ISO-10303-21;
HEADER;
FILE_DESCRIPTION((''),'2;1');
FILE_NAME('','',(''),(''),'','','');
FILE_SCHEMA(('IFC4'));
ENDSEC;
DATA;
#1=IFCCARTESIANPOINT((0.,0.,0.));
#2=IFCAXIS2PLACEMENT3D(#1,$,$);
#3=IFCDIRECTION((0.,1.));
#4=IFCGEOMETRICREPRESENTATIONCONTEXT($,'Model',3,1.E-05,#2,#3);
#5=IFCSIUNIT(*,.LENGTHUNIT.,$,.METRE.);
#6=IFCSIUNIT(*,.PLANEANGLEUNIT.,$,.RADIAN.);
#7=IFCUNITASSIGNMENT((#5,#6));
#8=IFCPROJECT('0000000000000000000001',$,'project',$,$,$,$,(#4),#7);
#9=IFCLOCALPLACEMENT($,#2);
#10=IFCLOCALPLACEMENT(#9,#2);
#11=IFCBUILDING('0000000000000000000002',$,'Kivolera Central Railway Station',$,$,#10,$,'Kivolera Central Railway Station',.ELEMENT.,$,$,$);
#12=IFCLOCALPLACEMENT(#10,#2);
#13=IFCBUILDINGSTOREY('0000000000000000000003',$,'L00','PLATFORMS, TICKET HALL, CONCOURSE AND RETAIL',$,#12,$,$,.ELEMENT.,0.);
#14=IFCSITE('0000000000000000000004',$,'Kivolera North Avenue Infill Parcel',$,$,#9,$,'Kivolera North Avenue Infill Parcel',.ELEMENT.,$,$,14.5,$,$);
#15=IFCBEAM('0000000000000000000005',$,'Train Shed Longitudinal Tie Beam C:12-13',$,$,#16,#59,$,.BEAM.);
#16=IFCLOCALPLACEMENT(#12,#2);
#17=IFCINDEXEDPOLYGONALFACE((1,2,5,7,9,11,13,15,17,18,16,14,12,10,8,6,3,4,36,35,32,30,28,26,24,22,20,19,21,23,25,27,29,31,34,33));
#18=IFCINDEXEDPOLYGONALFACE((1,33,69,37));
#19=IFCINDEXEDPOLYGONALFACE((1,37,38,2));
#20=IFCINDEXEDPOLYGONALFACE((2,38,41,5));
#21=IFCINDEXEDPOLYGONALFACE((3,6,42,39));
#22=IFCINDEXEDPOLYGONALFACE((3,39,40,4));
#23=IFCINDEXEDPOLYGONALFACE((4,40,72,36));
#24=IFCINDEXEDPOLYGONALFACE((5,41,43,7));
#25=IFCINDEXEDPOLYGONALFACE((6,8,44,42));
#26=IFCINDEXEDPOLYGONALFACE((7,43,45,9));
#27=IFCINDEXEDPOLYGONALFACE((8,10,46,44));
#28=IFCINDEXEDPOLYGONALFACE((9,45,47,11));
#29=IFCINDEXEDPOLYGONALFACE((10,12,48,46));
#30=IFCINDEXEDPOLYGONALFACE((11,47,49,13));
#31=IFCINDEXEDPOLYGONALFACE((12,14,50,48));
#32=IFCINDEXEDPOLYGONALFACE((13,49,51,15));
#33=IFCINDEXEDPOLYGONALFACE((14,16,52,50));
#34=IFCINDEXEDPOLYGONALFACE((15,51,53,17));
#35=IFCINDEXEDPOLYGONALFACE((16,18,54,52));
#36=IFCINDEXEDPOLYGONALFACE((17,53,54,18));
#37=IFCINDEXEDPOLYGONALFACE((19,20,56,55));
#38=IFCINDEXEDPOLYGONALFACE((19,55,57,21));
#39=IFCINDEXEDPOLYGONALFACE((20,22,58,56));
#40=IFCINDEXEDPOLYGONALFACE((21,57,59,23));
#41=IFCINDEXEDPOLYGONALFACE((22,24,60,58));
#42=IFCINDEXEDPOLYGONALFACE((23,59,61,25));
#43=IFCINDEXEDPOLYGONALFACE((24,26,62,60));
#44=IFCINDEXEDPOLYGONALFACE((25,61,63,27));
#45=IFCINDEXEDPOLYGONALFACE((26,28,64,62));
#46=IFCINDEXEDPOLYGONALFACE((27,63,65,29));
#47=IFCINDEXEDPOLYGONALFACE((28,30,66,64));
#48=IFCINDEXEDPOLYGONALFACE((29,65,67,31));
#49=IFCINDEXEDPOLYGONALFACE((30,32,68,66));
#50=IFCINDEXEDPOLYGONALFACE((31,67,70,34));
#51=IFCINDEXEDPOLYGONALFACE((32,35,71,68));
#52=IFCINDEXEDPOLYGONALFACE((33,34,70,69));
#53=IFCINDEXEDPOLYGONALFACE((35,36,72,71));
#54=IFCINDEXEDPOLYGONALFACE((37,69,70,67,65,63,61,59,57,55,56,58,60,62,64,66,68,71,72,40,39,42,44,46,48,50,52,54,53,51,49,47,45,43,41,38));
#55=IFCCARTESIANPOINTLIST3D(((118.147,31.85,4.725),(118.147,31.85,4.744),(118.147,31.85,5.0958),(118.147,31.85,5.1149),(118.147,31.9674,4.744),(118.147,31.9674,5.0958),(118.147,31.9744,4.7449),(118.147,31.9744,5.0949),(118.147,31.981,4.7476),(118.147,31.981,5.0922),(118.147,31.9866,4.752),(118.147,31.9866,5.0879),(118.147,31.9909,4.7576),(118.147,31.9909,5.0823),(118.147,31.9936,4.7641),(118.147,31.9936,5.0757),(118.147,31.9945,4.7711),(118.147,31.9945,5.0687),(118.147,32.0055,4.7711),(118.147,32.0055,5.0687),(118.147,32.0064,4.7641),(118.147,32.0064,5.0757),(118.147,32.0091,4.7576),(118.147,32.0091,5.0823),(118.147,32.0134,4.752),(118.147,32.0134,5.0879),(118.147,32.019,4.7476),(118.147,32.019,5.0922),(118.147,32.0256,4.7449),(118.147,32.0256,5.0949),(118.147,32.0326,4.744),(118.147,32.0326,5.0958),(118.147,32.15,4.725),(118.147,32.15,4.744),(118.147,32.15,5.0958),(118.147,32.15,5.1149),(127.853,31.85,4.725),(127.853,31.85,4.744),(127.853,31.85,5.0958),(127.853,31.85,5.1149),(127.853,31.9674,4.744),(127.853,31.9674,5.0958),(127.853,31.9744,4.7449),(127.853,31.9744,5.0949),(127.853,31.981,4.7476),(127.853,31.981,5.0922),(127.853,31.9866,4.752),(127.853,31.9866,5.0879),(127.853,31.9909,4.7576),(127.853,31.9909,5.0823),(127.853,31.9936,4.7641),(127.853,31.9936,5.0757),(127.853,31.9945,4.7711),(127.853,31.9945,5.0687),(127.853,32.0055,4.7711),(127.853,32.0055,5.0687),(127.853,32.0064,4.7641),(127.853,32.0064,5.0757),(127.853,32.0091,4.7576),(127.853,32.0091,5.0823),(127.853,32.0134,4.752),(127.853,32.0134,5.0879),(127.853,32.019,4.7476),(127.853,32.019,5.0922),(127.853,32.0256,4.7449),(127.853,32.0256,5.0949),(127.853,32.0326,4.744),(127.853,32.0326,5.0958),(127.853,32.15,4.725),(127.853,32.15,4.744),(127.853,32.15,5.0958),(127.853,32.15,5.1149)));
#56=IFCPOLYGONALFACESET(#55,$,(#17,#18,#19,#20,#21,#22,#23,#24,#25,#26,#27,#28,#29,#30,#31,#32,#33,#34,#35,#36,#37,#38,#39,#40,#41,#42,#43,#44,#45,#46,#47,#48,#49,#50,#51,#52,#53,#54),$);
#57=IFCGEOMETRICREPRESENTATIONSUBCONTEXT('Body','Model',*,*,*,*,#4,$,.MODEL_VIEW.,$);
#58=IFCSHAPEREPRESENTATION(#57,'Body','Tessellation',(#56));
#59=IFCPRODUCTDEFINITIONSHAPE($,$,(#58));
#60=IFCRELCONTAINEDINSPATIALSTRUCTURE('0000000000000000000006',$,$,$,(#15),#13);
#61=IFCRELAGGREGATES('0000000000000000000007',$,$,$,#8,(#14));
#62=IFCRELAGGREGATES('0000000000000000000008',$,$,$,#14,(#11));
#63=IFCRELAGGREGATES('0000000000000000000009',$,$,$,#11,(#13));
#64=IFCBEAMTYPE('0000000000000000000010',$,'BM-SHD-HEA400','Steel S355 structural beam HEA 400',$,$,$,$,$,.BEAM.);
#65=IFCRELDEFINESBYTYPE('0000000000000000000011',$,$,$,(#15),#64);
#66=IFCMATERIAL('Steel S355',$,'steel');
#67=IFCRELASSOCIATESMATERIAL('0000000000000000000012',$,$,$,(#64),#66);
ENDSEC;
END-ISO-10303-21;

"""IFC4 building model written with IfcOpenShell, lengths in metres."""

from ifc_helpers import new_model, si_unit, direction, frame, origin, origin_2d, place, context, subcontext, project, spatial, i_section, extrude, material, material_profile, profile_set, type_object, element, save


model = new_model("IFC4")

# Units and contexts
model_context = context("Model", 3, precision=1e-05, world=origin(), true_north=direction((0.0, 1.0)))
body_context = subcontext(model_context, "Body", "Model", "MODEL_VIEW")
ifc_project = project(units=[si_unit("LENGTHUNIT", "METRE"), si_unit("PLANEANGLEUNIT", "RADIAN")], contexts=[model_context])

# Site, building, storey
site_placement = place(None, origin())
site = spatial("IfcSite", under=ifc_project, at=site_placement, Name="Kivolera North Avenue Infill Parcel", LongName="Kivolera North Avenue Infill Parcel", CompositionType="ELEMENT", RefElevation=14.5)
building_placement = place(site_placement, origin())
building = spatial("IfcBuilding", under=site, at=building_placement, Name="Kivolera Central Railway Station", LongName="Kivolera Central Railway Station", CompositionType="ELEMENT")
storey_placement = place(building_placement, origin())
storey = spatial("IfcBuildingStorey", under=building, at=storey_placement, Name="L00", Description="PLATFORMS, TICKET HALL, CONCOURSE AND RETAIL", CompositionType="ELEMENT", Elevation=0.0)

# Shared definitions
ifc_material_1 = material(Name="Steel S355", Category="steel")

# Beam
ifc_material_profile_1 = material_profile(ifc_material_1, i_section(OverallWidth=0.3, OverallDepth=0.3899, WebThickness=0.011, FlangeThickness=0.019, FilletRadius=0.0271, at=origin_2d()), Name="HEA 400")
ifc_profile_set_1 = profile_set([ifc_material_profile_1], Name="Steel S355")
beam_type = type_object("IfcBeamType", Name="BM-SHD-HEA400", Description="Steel S355 structural beam HEA 400", PredefinedType="BEAM", material=ifc_profile_set_1)
for number, where, z_axis, x_axis, name in (
    (1, (118.147, 32.0, 4.9199), (1.0, 0.0, 0.0), (0.0, 1.0, 0.0), "Train Shed Longitudinal Tie Beam C:12-13"),
):
    element("IfcBeam", number, at=place(storey_placement, frame(where, z_axis=z_axis, x_axis=x_axis)), inside=storey, type_object=beam_type, Name=name, PredefinedType="BEAM", context=body_context, shape_type="SweptSolid", body=[
        extrude(i_section(OverallWidth=0.3, OverallDepth=0.3899, WebThickness=0.011, FlangeThickness=0.019, FilletRadius=0.0271, at=origin_2d()), origin(), (0.0, 0.0, 1.0), 9.7061),
    ])

save(model, "model.ifc")
